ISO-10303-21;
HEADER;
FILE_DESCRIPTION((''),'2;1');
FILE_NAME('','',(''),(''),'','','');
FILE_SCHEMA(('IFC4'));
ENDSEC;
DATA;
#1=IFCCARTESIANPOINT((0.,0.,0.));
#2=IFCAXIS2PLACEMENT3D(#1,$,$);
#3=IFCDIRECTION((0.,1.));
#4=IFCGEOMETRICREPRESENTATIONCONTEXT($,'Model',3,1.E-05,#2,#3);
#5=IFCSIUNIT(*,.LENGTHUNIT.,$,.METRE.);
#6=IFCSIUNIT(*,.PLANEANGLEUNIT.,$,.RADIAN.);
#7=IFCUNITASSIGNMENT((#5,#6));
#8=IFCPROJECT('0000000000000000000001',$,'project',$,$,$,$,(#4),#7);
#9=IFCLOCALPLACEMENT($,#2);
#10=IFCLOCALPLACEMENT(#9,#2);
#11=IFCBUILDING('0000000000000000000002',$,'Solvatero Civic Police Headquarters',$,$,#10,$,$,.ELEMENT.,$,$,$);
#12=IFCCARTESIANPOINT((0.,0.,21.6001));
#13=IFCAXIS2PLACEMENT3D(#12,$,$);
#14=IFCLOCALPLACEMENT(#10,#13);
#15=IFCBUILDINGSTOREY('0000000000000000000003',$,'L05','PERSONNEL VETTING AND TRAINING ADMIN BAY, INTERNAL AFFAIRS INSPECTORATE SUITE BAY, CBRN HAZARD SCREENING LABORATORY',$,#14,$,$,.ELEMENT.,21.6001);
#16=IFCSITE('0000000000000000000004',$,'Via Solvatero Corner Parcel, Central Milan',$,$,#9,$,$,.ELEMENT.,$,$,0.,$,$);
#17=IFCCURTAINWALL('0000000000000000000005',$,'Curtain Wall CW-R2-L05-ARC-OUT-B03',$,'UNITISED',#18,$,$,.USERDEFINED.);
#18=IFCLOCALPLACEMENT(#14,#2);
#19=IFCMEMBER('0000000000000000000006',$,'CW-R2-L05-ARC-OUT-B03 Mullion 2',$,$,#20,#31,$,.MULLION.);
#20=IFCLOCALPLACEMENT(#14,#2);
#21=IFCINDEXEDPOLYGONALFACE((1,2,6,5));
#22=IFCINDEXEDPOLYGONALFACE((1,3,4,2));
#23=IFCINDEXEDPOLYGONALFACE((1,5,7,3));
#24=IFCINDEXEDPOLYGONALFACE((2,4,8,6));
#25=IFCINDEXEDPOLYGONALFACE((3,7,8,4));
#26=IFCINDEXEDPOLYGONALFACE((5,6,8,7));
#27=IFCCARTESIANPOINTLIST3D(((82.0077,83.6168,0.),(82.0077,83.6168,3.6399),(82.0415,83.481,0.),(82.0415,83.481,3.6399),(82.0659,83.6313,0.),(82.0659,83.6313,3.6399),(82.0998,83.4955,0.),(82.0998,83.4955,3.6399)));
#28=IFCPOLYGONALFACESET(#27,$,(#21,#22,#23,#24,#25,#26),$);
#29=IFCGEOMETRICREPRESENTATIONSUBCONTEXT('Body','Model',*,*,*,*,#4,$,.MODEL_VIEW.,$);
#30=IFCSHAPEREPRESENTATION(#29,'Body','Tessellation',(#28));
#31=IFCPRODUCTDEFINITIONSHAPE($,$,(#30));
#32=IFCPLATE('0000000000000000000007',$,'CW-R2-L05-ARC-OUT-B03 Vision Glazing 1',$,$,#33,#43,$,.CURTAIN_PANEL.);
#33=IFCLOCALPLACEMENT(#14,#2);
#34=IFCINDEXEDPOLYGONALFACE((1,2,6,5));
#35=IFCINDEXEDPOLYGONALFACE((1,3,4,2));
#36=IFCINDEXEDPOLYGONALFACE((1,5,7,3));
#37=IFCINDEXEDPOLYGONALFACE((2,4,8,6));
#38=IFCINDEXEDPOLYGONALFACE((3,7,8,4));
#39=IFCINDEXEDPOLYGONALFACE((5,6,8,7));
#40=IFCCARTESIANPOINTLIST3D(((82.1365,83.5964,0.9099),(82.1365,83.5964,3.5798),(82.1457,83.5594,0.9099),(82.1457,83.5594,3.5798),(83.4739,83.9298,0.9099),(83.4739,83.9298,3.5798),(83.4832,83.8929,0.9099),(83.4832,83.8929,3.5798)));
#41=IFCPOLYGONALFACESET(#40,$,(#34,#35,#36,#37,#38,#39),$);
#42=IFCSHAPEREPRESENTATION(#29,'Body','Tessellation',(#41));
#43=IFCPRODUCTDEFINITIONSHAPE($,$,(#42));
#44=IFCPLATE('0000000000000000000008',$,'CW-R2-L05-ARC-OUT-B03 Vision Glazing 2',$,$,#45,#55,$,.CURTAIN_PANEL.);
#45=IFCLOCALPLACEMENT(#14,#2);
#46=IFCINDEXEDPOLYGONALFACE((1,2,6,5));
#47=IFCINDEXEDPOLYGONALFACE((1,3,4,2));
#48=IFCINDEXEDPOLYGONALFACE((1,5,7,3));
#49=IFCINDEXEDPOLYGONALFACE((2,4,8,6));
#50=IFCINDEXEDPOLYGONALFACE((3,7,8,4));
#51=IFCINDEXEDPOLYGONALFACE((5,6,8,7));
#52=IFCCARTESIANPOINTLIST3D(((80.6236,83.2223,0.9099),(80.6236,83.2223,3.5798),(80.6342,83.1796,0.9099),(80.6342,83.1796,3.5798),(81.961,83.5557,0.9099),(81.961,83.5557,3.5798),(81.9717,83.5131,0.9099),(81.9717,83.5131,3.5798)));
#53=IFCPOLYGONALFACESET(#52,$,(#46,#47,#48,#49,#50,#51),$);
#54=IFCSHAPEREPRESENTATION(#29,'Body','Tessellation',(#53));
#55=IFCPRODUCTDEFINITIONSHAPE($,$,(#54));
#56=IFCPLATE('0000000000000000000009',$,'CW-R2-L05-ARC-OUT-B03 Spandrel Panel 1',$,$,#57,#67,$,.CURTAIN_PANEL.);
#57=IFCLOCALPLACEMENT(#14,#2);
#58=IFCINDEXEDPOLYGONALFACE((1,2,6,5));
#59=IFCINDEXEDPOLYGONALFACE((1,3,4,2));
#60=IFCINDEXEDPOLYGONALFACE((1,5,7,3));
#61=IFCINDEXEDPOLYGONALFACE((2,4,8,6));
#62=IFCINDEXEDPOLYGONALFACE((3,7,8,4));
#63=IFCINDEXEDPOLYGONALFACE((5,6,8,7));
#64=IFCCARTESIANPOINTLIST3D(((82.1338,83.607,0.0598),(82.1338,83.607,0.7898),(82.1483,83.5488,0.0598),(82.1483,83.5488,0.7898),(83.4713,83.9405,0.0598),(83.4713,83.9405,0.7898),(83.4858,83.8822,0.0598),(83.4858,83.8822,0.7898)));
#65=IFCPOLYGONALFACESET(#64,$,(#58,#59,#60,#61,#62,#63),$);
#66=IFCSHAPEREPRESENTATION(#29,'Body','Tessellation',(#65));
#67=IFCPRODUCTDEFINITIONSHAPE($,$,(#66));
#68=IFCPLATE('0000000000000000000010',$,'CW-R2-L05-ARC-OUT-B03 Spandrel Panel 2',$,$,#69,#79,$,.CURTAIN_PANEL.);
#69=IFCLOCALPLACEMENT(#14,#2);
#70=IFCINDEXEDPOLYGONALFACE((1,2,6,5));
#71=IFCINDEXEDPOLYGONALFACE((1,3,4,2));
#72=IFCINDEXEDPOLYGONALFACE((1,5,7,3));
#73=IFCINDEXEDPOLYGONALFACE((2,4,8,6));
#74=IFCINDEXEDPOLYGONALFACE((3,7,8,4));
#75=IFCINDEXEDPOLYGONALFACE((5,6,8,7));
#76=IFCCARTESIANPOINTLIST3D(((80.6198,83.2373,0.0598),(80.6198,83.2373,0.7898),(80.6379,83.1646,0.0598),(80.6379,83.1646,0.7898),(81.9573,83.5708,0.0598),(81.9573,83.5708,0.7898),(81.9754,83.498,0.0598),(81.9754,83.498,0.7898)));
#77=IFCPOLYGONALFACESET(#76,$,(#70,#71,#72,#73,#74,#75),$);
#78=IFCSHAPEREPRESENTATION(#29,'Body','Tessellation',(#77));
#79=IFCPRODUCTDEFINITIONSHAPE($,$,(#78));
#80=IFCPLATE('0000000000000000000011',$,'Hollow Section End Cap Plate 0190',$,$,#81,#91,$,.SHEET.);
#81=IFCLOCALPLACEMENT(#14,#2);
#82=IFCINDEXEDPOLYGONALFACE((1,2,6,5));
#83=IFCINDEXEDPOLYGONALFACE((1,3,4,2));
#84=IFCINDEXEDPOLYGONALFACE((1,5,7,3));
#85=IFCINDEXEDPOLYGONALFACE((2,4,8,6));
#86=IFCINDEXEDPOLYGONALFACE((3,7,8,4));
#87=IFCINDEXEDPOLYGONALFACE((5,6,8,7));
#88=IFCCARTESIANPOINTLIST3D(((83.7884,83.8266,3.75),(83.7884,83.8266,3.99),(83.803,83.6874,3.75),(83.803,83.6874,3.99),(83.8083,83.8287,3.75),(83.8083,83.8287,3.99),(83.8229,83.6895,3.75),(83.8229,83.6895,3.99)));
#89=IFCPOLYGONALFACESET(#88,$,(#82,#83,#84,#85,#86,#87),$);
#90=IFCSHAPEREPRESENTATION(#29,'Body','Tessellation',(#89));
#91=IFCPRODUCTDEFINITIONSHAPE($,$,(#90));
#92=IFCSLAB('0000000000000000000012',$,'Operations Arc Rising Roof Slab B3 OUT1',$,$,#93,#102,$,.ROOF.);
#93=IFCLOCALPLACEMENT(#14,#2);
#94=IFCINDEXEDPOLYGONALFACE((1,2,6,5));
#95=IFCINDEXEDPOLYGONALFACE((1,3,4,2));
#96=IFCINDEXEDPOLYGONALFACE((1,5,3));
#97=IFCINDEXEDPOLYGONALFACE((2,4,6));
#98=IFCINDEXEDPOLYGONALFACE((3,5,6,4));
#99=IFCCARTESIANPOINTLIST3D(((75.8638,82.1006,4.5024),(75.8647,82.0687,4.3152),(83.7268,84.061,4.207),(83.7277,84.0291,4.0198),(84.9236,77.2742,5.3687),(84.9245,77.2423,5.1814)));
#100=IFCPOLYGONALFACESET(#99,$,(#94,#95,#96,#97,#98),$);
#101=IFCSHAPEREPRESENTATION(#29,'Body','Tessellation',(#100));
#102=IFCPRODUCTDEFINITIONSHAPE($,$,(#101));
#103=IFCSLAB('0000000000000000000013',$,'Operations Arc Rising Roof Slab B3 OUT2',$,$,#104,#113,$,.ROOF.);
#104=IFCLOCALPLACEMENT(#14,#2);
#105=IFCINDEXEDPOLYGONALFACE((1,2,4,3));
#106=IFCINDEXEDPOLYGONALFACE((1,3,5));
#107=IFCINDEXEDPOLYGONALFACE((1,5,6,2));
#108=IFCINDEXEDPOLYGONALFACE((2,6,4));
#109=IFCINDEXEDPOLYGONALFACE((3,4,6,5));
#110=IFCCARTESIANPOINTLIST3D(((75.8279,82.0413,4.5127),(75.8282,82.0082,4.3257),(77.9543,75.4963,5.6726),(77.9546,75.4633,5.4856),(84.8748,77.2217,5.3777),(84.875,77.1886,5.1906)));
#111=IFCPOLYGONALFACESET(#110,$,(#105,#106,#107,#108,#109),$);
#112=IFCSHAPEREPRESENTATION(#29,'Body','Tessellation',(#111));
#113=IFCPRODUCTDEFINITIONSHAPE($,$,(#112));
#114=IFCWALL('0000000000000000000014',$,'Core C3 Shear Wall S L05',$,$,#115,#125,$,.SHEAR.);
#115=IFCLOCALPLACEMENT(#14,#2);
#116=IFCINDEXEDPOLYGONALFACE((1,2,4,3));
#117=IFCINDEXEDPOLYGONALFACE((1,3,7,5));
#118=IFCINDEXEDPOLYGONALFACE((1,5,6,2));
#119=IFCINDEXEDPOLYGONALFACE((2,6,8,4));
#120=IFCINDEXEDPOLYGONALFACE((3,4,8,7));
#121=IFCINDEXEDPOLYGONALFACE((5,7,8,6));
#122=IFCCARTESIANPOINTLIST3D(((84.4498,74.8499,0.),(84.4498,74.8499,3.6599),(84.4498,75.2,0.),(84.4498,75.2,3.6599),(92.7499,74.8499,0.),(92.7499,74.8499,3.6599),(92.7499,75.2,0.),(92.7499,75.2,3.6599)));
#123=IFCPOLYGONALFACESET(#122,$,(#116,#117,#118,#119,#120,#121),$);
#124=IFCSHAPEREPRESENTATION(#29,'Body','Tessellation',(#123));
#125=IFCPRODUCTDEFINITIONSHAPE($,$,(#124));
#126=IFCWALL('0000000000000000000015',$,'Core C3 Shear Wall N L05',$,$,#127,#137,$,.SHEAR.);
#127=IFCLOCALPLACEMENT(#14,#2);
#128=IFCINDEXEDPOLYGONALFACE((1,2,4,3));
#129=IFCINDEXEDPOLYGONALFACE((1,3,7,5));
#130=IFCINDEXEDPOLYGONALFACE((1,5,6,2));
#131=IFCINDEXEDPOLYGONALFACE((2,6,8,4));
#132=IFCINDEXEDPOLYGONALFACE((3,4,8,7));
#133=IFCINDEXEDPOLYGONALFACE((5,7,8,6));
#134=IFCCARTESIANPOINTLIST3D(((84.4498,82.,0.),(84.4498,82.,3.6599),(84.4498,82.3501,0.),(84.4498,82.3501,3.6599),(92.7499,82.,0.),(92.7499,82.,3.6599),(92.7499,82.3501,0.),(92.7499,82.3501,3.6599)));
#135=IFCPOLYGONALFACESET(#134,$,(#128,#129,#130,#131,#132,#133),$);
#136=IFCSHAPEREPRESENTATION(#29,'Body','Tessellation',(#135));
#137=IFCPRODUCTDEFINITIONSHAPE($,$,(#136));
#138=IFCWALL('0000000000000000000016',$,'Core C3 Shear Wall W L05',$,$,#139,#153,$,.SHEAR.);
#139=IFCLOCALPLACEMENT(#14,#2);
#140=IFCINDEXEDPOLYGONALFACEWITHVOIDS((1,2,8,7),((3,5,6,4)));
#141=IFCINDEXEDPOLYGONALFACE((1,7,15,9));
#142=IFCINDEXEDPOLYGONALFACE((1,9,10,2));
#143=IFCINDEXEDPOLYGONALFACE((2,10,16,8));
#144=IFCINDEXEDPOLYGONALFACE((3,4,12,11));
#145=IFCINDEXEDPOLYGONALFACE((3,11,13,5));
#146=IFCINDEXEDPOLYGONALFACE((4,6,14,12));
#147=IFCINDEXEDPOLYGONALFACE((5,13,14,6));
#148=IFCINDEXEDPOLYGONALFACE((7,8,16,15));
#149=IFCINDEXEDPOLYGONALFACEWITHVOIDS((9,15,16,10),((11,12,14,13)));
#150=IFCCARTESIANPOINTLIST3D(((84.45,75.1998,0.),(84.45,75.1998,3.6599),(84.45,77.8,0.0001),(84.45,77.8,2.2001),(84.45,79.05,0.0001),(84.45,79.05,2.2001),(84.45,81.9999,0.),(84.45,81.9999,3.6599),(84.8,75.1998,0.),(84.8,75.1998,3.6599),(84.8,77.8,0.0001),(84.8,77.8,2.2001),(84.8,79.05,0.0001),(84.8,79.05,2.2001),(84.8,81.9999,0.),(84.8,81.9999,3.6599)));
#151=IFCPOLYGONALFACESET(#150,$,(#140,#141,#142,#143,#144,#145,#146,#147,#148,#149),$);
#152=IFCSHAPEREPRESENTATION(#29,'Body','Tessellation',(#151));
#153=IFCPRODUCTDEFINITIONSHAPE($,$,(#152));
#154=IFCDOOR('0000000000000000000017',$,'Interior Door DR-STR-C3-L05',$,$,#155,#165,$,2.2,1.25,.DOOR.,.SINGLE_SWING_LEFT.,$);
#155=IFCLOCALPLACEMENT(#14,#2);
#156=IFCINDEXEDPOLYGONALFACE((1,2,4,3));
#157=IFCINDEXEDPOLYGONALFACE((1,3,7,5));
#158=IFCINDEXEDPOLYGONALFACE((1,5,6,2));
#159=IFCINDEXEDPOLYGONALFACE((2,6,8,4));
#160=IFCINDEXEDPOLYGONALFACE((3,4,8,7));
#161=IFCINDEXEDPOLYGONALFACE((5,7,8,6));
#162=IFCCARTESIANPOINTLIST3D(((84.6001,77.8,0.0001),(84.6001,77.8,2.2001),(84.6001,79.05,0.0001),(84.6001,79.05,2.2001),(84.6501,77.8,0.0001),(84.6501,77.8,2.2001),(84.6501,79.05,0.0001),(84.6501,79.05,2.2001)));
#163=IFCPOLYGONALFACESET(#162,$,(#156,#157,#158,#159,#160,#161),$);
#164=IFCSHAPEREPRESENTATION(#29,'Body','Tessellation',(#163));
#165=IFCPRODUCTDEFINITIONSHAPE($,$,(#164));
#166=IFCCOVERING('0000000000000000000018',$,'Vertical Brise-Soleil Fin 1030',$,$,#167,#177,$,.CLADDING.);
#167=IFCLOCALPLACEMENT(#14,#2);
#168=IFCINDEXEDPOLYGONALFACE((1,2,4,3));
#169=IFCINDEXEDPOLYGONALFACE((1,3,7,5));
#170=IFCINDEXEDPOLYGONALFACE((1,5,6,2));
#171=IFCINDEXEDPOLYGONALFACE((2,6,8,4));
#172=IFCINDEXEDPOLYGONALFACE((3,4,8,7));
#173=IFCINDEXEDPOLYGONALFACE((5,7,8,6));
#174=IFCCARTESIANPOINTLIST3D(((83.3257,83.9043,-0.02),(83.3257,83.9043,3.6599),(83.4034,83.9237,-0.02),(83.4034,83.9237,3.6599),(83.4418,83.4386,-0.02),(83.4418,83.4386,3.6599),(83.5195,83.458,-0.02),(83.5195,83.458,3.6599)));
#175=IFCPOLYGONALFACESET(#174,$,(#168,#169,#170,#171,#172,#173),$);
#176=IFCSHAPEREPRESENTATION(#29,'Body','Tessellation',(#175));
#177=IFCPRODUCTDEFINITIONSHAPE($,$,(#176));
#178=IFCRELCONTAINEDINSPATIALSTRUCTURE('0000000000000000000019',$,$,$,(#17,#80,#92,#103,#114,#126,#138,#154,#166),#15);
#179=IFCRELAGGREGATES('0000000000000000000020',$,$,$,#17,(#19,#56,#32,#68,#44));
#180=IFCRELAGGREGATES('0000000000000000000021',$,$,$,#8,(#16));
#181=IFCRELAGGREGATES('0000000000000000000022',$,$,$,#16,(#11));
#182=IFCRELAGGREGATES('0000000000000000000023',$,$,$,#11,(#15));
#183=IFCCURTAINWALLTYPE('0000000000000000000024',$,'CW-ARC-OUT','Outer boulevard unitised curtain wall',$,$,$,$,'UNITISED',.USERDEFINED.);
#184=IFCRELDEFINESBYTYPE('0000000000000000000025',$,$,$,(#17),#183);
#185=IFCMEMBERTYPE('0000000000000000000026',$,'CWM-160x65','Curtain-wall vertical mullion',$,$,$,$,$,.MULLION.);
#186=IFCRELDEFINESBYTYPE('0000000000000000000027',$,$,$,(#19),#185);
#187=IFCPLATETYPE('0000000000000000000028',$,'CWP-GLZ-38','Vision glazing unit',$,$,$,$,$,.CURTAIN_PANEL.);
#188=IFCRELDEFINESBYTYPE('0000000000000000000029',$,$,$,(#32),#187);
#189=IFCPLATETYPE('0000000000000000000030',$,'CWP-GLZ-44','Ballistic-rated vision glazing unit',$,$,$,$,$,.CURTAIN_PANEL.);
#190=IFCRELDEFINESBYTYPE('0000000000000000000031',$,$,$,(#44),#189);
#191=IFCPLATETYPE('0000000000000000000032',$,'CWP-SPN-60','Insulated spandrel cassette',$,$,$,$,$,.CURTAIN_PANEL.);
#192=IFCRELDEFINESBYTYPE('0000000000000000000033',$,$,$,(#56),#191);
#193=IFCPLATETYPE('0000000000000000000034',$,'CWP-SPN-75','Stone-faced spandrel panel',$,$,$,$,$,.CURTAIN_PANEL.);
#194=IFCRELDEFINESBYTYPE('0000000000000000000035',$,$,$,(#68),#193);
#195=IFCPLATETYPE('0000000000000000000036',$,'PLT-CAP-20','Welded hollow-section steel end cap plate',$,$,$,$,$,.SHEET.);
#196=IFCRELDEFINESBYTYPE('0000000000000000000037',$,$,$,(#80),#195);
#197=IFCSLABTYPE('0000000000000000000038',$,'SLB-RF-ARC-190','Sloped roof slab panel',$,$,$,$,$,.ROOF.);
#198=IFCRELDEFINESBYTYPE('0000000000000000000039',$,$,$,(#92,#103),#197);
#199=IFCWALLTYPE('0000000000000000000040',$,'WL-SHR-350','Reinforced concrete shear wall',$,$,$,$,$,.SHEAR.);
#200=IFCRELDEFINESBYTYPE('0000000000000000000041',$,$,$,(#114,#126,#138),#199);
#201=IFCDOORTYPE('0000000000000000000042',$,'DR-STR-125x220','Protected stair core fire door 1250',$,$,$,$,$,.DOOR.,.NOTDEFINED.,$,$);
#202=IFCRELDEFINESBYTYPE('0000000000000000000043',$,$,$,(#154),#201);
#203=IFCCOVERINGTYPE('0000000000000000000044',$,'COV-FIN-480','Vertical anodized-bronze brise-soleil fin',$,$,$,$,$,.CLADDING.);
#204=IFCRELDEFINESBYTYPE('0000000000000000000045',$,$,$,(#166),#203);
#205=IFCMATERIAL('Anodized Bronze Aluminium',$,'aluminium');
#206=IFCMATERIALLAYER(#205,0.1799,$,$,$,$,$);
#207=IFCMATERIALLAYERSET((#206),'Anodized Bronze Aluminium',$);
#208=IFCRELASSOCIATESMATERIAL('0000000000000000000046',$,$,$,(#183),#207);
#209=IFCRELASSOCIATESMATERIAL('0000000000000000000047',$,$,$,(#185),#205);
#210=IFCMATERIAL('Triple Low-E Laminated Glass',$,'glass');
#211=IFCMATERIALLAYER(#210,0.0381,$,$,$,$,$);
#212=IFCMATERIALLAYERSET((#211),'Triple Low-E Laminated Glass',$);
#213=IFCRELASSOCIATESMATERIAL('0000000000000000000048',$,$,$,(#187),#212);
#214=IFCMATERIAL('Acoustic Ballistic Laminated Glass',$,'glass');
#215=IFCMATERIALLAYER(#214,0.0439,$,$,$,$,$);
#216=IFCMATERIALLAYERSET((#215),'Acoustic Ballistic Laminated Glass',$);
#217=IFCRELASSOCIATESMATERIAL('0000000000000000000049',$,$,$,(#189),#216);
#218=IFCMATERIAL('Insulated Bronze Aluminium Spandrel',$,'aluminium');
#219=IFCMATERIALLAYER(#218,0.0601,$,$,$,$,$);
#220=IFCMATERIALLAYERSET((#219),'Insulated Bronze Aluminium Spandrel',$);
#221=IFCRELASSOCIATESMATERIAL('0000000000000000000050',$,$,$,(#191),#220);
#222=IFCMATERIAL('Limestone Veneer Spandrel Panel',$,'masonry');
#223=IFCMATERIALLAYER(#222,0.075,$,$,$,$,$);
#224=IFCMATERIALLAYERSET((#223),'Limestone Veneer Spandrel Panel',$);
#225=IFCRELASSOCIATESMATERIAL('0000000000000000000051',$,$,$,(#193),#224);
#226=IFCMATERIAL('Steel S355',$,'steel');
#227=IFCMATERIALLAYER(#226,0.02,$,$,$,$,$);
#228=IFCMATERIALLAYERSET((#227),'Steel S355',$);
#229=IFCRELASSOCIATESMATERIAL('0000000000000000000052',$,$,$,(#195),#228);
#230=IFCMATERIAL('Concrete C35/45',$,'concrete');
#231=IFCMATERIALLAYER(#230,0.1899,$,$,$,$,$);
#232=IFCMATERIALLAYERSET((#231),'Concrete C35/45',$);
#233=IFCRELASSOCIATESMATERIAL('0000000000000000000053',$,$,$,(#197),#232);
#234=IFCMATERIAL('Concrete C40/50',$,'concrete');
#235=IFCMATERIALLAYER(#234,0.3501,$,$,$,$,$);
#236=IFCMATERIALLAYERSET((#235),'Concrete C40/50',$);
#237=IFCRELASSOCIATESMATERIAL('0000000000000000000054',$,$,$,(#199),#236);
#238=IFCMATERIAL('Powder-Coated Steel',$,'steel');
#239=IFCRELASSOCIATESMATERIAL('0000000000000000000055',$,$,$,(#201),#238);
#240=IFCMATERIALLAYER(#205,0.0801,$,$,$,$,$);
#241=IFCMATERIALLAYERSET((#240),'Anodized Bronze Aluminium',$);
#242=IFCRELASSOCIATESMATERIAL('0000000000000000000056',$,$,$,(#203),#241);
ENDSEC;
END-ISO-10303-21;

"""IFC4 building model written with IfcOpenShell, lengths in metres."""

from ifc_helpers import new_model, si_unit, direction, frame, frame_2d, origin, origin_2d, place, context, subcontext, project, spatial, polyline, rectangle, outline, extrude, material, layer, layer_set, material_profile, profile_set, type_object, element, fill, aggregate, save


model = new_model("IFC4")

# Units and contexts
model_context = context("Model", 3, precision=1e-05, world=origin(), true_north=direction((0.0, 1.0)))
body_context = subcontext(model_context, "Body", "Model", "MODEL_VIEW")
ifc_project = project(units=[si_unit("LENGTHUNIT", "METRE"), si_unit("PLANEANGLEUNIT", "RADIAN")], contexts=[model_context])

# Site, building, storey
site_placement = place(None, origin())
site = spatial("IfcSite", under=ifc_project, at=site_placement, Name="Via Solvatero Corner Parcel, Central Milan", CompositionType="ELEMENT", RefElevation=0.0)
building_placement = place(site_placement, origin())
building = spatial("IfcBuilding", under=site, at=building_placement, Name="Solvatero Civic Police Headquarters", CompositionType="ELEMENT")
storey_placement = place(building_placement, frame((0.0, 0.0, 21.6001)))
storey = spatial("IfcBuildingStorey", under=building, at=storey_placement, Name="L05", Description="PERSONNEL VETTING AND TRAINING ADMIN BAY, INTERNAL AFFAIRS INSPECTORATE SUITE BAY, CBRN HAZARD SCREENING LABORATORY", CompositionType="ELEMENT", Elevation=21.6001)

# Curtain wall, member, plates
ifc_material_1 = material(Name="Anodized Bronze Aluminium", Category="aluminium")
ifc_layer_1 = layer(ifc_material_1, 0.1799)
ifc_layer_set_1 = layer_set([ifc_layer_1], Name="Anodized Bronze Aluminium")
curtain_wall_type = type_object("IfcCurtainWallType", Name="CW-ARC-OUT", Description="Outer boulevard unitised curtain wall", ElementType="UNITISED", PredefinedType="USERDEFINED", material=ifc_layer_set_1)
curtain_wall_placement = place(storey_placement, origin())
curtain_wall = element("IfcCurtainWall", 1, at=curtain_wall_placement, inside=storey, type_object=curtain_wall_type, Name="Curtain Wall CW-R2-L05-ARC-OUT-B03", ObjectType="UNITISED", PredefinedType="USERDEFINED")
ifc_material_profile = material_profile(ifc_material_1, rectangle(XDim=0.0601, YDim=0.1399, at=origin_2d()), Name="ALU MULLION 60x140")
ifc_profile_set = profile_set([ifc_material_profile], Name="Anodized Bronze Aluminium")
member_type = type_object("IfcMemberType", Name="CWM-160x65", Description="Curtain-wall vertical mullion", PredefinedType="MULLION", material=ifc_profile_set)
member_placement = place(storey_placement, frame((82.0537, 83.5562, 0.0), z_axis=(0.0, 0.0, 1.0), x_axis=(-0.970296, -0.241922, 0.0)))
member = element("IfcMember", 2, at=member_placement, type_object=member_type, Name="CW-R2-L05-ARC-OUT-B03 Mullion 2", PredefinedType="MULLION", context=body_context, shape_type="SweptSolid", body=[
    extrude(rectangle(XDim=0.0601, YDim=0.1399, at=origin_2d()), origin(), (0.0, 0.0, 1.0), 3.6399),
])
ifc_material_2 = material(Name="Triple Low-E Laminated Glass", Category="glass")
ifc_layer_2 = layer(ifc_material_2, 0.0381)
ifc_layer_set_2 = layer_set([ifc_layer_2], Name="Triple Low-E Laminated Glass")
plate_type_1 = type_object("IfcPlateType", Name="CWP-GLZ-38", Description="Vision glazing unit", PredefinedType="CURTAIN_PANEL", material=ifc_layer_set_2)
plate_1_placement = place(storey_placement, frame((82.8098, 83.7446, 0.9099), z_axis=(0.0, 0.0, 1.0), x_axis=(-0.970296, -0.241922, 0.0)))
plate_1 = element("IfcPlate", 3, at=plate_1_placement, type_object=plate_type_1, Name="CW-R2-L05-ARC-OUT-B03 Vision Glazing 1", PredefinedType="CURTAIN_PANEL", context=body_context, shape_type="SweptSolid", body=[
    extrude(rectangle(XDim=1.3784, YDim=0.0381, at=origin_2d()), origin(), (0.0, 0.0, 1.0), 2.6699),
])
ifc_material_3 = material(Name="Acoustic Ballistic Laminated Glass", Category="glass")
ifc_layer_3 = layer(ifc_material_3, 0.0439)
ifc_layer_set_3 = layer_set([ifc_layer_3], Name="Acoustic Ballistic Laminated Glass")
plate_type_2 = type_object("IfcPlateType", Name="CWP-GLZ-44", Description="Ballistic-rated vision glazing unit", PredefinedType="CURTAIN_PANEL", material=ifc_layer_set_3)
plate_2_placement = place(storey_placement, frame((81.2976, 83.3677, 0.9099), z_axis=(0.0, 0.0, 1.0), x_axis=(-0.970296, -0.241922, 0.0)))
plate_2 = element("IfcPlate", 4, at=plate_2_placement, type_object=plate_type_2, Name="CW-R2-L05-ARC-OUT-B03 Vision Glazing 2", PredefinedType="CURTAIN_PANEL", context=body_context, shape_type="SweptSolid", body=[
    extrude(rectangle(XDim=1.3784, YDim=0.0439, at=origin_2d()), origin(), (0.0, 0.0, 1.0), 2.6699),
])
ifc_material_4 = material(Name="Insulated Bronze Aluminium Spandrel", Category="aluminium")
ifc_layer_4 = layer(ifc_material_4, 0.0601)
ifc_layer_set_4 = layer_set([ifc_layer_4], Name="Insulated Bronze Aluminium Spandrel")
plate_type_3 = type_object("IfcPlateType", Name="CWP-SPN-60", Description="Insulated spandrel cassette", PredefinedType="CURTAIN_PANEL", material=ifc_layer_set_4)
plate_3_placement = place(storey_placement, frame((82.8098, 83.7446, 0.0598), z_axis=(0.0, 0.0, 1.0), x_axis=(-0.970296, -0.241922, 0.0)))
plate_3 = element("IfcPlate", 5, at=plate_3_placement, type_object=plate_type_3, Name="CW-R2-L05-ARC-OUT-B03 Spandrel Panel 1", PredefinedType="CURTAIN_PANEL", context=body_context, shape_type="SweptSolid", body=[
    extrude(rectangle(XDim=1.3784, YDim=0.0601, at=origin_2d()), origin(), (0.0, 0.0, 1.0), 0.73),
])
ifc_material_5 = material(Name="Limestone Veneer Spandrel Panel", Category="masonry")
ifc_layer_5 = layer(ifc_material_5, 0.075)
ifc_layer_set_5 = layer_set([ifc_layer_5], Name="Limestone Veneer Spandrel Panel")
plate_type_4 = type_object("IfcPlateType", Name="CWP-SPN-75", Description="Stone-faced spandrel panel", PredefinedType="CURTAIN_PANEL", material=ifc_layer_set_5)
plate_4_placement = place(storey_placement, frame((81.2976, 83.3677, 0.0598), z_axis=(0.0, 0.0, 1.0), x_axis=(-0.970296, -0.241922, 0.0)))
plate_4 = element("IfcPlate", 6, at=plate_4_placement, type_object=plate_type_4, Name="CW-R2-L05-ARC-OUT-B03 Spandrel Panel 2", PredefinedType="CURTAIN_PANEL", context=body_context, shape_type="SweptSolid", body=[
    extrude(rectangle(XDim=1.3784, YDim=0.075, at=origin_2d()), origin(), (0.0, 0.0, 1.0), 0.73),
])
aggregate(curtain_wall, [member, plate_3, plate_1, plate_4, plate_2])

# Plate
ifc_material_6 = material(Name="Steel S355", Category="steel")
ifc_layer_6 = layer(ifc_material_6, 0.02)
ifc_layer_set_6 = layer_set([ifc_layer_6], Name="Steel S355")
plate_type_5 = type_object("IfcPlateType", Name="PLT-CAP-20", Description="Welded hollow-section steel end cap plate", PredefinedType="SHEET", material=ifc_layer_set_6)
plate_5_placement = place(storey_placement, frame((83.8057, 83.7581, 3.75), z_axis=(0.0, 0.0, 1.0), x_axis=(-0.994522, -0.104528, 0.0)))
element("IfcPlate", 7, at=plate_5_placement, inside=storey, type_object=plate_type_5, Name="Hollow Section End Cap Plate 0190", PredefinedType="SHEET", context=body_context, shape_type="SweptSolid", body=[
    extrude(rectangle(XDim=0.02, YDim=0.1399, at=origin_2d()), origin(), (0.0, 0.0, 1.0), 0.24),
])

# Slabs
ifc_material_7 = material(Name="Concrete C35/45", Category="concrete")
ifc_layer_7 = layer(ifc_material_7, 0.1899)
ifc_layer_set_7 = layer_set([ifc_layer_7], Name="Concrete C35/45")
slab_type = type_object("IfcSlabType", Name="SLB-RF-ARC-190", Description="Sloped roof slab panel", PredefinedType="ROOF", material=ifc_layer_set_7)
slab_1_placement = place(storey_placement, frame((84.9236, 77.2742, 5.3687), z_axis=(-0.00482, 0.167876, 0.985796), x_axis=(-0.879449, 0.468507, -0.084084)))
element("IfcSlab", 8, at=slab_1_placement, inside=storey, type_object=slab_type, Name="Operations Arc Rising Roof Slab B3 OUT1", PredefinedType="ROOF", context=body_context, shape_type="SweptSolid", body=[
    extrude(outline(polyline([(0.0, 0.0), (10.3017, 0.0), (4.3299, -5.4859), (0.0, 0.0)])), origin(), (0.0, 0.0, -1.0), 0.1899),
])
slab_2_placement = place(storey_placement, frame((84.8748, 77.2217, 5.3777), z_axis=(-0.001428, 0.174054, 0.984735), x_axis=(-0.969471, -0.241701, 0.041315)))
element("IfcSlab", 9, at=slab_2_placement, inside=storey, type_object=slab_type, Name="Operations Arc Rising Roof Slab B3 OUT2", PredefinedType="ROOF", context=body_context, shape_type="SweptSolid", body=[
    extrude(outline(polyline([(0.0, 0.0), (7.1383, 0.0), (7.57, -6.9654), (0.0, 0.0)])), origin(), (0.0, 0.0, -1.0), 0.1899),
])

# Walls
ifc_material_8 = material(Name="Concrete C40/50", Category="concrete")
ifc_layer_8 = layer(ifc_material_8, 0.3501)
ifc_layer_set_8 = layer_set([ifc_layer_8], Name="Concrete C40/50")
wall_type = type_object("IfcWallType", Name="WL-SHR-350", Description="Reinforced concrete shear wall", PredefinedType="SHEAR", material=ifc_layer_set_8)
for number, where, z_axis, x_axis, name in (
    (10, (84.45, 75.0249, 0.0), (0.0, 0.0, 1.0), (1.0, 0.0, 0.0), "Core C3 Shear Wall S L05"),
    (11, (84.45, 82.175, 0.0), (0.0, 0.0, 1.0), (1.0, 0.0, 0.0), "Core C3 Shear Wall N L05"),
):
    element("IfcWall", number, at=place(storey_placement, frame(where, z_axis=z_axis, x_axis=x_axis)), inside=storey, type_object=wall_type, Name=name, PredefinedType="SHEAR", context=body_context, shape_type="SweptSolid", body=[
        extrude(rectangle(XDim=8.3, YDim=0.3501, at=frame_2d((4.1499, 0.0))), origin(), (0.0, 0.0, 1.0), 3.6599),
    ])

# Wall, opening, door
wall_placement = place(storey_placement, frame((84.625, 75.2, 0.0), z_axis=(0.0, 0.0, 1.0), x_axis=(0.0, 1.0, 0.0)))
wall = element("IfcWall", 12, at=wall_placement, inside=storey, type_object=wall_type, Name="Core C3 Shear Wall W L05", PredefinedType="SHEAR", context=body_context, shape_type="SweptSolid", body=[
    extrude(rectangle(XDim=6.8, YDim=0.3501, at=frame_2d((3.3999, 0.0))), origin(), (0.0, 0.0, 1.0), 3.6599),
])
opening_placement = place(wall_placement, frame((2.6001, 0.0, 0.0)))
opening = element("IfcOpeningElement", 13, at=opening_placement, cuts=wall, PredefinedType="OPENING", context=body_context, shape_type="SweptSolid", body=[
    extrude(rectangle(XDim=1.25, YDim=2.2, at=frame_2d((0.625, 1.1001))), frame((0.0, 0.1851, 0.0), z_axis=(0.0, -1.0, 0.0), x_axis=(1.0, 0.0, 0.0)), (0.0, 0.0, 1.0), 0.3701),
])
ifc_material_9 = material(Name="Powder-Coated Steel", Category="steel")
door_type = type_object("IfcDoorType", Name="DR-STR-125x220", Description="Protected stair core fire door 1250", OperationType="NOTDEFINED", PredefinedType="DOOR", material=ifc_material_9)
door_placement = place(opening_placement, origin())
door = element("IfcDoor", 14, at=door_placement, inside=storey, type_object=door_type, Name="Interior Door DR-STR-C3-L05", OperationType="SINGLE_SWING_LEFT", OverallHeight=2.2, OverallWidth=1.25, PredefinedType="DOOR", context=body_context, shape_type="SweptSolid", body=[
    extrude(rectangle(XDim=1.25, YDim=2.2, at=frame_2d((0.625, 1.1001))), frame((0.0, 0.0249, 0.0), z_axis=(0.0, -1.0, 0.0), x_axis=(1.0, 0.0, 0.0)), (0.0, 0.0, 1.0), 0.05),
])
fill(opening, door)

# Covering
ifc_layer_9 = layer(ifc_material_1, 0.0801)
ifc_layer_set_9 = layer_set([ifc_layer_9], Name="Anodized Bronze Aluminium")
covering_type_1 = type_object("IfcCoveringType", Name="COV-FIN-480", Description="Vertical anodized-bronze brise-soleil fin", PredefinedType="CLADDING", material=ifc_layer_set_9)
for number, where, z_axis, x_axis, name in (
    (15, (83.4226, 83.6812, -0.02), (0.0, 0.0, 1.0), (-0.970296, -0.241922, 0.0), "Vertical Brise-Soleil Fin 1030"),
):
    element("IfcCovering", number, at=place(storey_placement, frame(where, z_axis=z_axis, x_axis=x_axis)), inside=storey, type_object=covering_type_1, Name=name, PredefinedType="CLADDING", context=body_context, shape_type="SweptSolid", body=[
        extrude(rectangle(XDim=0.0801, YDim=0.48, at=origin_2d()), origin(), (0.0, 0.0, 1.0), 3.6799),
    ])

save(model, "model.ifc")
